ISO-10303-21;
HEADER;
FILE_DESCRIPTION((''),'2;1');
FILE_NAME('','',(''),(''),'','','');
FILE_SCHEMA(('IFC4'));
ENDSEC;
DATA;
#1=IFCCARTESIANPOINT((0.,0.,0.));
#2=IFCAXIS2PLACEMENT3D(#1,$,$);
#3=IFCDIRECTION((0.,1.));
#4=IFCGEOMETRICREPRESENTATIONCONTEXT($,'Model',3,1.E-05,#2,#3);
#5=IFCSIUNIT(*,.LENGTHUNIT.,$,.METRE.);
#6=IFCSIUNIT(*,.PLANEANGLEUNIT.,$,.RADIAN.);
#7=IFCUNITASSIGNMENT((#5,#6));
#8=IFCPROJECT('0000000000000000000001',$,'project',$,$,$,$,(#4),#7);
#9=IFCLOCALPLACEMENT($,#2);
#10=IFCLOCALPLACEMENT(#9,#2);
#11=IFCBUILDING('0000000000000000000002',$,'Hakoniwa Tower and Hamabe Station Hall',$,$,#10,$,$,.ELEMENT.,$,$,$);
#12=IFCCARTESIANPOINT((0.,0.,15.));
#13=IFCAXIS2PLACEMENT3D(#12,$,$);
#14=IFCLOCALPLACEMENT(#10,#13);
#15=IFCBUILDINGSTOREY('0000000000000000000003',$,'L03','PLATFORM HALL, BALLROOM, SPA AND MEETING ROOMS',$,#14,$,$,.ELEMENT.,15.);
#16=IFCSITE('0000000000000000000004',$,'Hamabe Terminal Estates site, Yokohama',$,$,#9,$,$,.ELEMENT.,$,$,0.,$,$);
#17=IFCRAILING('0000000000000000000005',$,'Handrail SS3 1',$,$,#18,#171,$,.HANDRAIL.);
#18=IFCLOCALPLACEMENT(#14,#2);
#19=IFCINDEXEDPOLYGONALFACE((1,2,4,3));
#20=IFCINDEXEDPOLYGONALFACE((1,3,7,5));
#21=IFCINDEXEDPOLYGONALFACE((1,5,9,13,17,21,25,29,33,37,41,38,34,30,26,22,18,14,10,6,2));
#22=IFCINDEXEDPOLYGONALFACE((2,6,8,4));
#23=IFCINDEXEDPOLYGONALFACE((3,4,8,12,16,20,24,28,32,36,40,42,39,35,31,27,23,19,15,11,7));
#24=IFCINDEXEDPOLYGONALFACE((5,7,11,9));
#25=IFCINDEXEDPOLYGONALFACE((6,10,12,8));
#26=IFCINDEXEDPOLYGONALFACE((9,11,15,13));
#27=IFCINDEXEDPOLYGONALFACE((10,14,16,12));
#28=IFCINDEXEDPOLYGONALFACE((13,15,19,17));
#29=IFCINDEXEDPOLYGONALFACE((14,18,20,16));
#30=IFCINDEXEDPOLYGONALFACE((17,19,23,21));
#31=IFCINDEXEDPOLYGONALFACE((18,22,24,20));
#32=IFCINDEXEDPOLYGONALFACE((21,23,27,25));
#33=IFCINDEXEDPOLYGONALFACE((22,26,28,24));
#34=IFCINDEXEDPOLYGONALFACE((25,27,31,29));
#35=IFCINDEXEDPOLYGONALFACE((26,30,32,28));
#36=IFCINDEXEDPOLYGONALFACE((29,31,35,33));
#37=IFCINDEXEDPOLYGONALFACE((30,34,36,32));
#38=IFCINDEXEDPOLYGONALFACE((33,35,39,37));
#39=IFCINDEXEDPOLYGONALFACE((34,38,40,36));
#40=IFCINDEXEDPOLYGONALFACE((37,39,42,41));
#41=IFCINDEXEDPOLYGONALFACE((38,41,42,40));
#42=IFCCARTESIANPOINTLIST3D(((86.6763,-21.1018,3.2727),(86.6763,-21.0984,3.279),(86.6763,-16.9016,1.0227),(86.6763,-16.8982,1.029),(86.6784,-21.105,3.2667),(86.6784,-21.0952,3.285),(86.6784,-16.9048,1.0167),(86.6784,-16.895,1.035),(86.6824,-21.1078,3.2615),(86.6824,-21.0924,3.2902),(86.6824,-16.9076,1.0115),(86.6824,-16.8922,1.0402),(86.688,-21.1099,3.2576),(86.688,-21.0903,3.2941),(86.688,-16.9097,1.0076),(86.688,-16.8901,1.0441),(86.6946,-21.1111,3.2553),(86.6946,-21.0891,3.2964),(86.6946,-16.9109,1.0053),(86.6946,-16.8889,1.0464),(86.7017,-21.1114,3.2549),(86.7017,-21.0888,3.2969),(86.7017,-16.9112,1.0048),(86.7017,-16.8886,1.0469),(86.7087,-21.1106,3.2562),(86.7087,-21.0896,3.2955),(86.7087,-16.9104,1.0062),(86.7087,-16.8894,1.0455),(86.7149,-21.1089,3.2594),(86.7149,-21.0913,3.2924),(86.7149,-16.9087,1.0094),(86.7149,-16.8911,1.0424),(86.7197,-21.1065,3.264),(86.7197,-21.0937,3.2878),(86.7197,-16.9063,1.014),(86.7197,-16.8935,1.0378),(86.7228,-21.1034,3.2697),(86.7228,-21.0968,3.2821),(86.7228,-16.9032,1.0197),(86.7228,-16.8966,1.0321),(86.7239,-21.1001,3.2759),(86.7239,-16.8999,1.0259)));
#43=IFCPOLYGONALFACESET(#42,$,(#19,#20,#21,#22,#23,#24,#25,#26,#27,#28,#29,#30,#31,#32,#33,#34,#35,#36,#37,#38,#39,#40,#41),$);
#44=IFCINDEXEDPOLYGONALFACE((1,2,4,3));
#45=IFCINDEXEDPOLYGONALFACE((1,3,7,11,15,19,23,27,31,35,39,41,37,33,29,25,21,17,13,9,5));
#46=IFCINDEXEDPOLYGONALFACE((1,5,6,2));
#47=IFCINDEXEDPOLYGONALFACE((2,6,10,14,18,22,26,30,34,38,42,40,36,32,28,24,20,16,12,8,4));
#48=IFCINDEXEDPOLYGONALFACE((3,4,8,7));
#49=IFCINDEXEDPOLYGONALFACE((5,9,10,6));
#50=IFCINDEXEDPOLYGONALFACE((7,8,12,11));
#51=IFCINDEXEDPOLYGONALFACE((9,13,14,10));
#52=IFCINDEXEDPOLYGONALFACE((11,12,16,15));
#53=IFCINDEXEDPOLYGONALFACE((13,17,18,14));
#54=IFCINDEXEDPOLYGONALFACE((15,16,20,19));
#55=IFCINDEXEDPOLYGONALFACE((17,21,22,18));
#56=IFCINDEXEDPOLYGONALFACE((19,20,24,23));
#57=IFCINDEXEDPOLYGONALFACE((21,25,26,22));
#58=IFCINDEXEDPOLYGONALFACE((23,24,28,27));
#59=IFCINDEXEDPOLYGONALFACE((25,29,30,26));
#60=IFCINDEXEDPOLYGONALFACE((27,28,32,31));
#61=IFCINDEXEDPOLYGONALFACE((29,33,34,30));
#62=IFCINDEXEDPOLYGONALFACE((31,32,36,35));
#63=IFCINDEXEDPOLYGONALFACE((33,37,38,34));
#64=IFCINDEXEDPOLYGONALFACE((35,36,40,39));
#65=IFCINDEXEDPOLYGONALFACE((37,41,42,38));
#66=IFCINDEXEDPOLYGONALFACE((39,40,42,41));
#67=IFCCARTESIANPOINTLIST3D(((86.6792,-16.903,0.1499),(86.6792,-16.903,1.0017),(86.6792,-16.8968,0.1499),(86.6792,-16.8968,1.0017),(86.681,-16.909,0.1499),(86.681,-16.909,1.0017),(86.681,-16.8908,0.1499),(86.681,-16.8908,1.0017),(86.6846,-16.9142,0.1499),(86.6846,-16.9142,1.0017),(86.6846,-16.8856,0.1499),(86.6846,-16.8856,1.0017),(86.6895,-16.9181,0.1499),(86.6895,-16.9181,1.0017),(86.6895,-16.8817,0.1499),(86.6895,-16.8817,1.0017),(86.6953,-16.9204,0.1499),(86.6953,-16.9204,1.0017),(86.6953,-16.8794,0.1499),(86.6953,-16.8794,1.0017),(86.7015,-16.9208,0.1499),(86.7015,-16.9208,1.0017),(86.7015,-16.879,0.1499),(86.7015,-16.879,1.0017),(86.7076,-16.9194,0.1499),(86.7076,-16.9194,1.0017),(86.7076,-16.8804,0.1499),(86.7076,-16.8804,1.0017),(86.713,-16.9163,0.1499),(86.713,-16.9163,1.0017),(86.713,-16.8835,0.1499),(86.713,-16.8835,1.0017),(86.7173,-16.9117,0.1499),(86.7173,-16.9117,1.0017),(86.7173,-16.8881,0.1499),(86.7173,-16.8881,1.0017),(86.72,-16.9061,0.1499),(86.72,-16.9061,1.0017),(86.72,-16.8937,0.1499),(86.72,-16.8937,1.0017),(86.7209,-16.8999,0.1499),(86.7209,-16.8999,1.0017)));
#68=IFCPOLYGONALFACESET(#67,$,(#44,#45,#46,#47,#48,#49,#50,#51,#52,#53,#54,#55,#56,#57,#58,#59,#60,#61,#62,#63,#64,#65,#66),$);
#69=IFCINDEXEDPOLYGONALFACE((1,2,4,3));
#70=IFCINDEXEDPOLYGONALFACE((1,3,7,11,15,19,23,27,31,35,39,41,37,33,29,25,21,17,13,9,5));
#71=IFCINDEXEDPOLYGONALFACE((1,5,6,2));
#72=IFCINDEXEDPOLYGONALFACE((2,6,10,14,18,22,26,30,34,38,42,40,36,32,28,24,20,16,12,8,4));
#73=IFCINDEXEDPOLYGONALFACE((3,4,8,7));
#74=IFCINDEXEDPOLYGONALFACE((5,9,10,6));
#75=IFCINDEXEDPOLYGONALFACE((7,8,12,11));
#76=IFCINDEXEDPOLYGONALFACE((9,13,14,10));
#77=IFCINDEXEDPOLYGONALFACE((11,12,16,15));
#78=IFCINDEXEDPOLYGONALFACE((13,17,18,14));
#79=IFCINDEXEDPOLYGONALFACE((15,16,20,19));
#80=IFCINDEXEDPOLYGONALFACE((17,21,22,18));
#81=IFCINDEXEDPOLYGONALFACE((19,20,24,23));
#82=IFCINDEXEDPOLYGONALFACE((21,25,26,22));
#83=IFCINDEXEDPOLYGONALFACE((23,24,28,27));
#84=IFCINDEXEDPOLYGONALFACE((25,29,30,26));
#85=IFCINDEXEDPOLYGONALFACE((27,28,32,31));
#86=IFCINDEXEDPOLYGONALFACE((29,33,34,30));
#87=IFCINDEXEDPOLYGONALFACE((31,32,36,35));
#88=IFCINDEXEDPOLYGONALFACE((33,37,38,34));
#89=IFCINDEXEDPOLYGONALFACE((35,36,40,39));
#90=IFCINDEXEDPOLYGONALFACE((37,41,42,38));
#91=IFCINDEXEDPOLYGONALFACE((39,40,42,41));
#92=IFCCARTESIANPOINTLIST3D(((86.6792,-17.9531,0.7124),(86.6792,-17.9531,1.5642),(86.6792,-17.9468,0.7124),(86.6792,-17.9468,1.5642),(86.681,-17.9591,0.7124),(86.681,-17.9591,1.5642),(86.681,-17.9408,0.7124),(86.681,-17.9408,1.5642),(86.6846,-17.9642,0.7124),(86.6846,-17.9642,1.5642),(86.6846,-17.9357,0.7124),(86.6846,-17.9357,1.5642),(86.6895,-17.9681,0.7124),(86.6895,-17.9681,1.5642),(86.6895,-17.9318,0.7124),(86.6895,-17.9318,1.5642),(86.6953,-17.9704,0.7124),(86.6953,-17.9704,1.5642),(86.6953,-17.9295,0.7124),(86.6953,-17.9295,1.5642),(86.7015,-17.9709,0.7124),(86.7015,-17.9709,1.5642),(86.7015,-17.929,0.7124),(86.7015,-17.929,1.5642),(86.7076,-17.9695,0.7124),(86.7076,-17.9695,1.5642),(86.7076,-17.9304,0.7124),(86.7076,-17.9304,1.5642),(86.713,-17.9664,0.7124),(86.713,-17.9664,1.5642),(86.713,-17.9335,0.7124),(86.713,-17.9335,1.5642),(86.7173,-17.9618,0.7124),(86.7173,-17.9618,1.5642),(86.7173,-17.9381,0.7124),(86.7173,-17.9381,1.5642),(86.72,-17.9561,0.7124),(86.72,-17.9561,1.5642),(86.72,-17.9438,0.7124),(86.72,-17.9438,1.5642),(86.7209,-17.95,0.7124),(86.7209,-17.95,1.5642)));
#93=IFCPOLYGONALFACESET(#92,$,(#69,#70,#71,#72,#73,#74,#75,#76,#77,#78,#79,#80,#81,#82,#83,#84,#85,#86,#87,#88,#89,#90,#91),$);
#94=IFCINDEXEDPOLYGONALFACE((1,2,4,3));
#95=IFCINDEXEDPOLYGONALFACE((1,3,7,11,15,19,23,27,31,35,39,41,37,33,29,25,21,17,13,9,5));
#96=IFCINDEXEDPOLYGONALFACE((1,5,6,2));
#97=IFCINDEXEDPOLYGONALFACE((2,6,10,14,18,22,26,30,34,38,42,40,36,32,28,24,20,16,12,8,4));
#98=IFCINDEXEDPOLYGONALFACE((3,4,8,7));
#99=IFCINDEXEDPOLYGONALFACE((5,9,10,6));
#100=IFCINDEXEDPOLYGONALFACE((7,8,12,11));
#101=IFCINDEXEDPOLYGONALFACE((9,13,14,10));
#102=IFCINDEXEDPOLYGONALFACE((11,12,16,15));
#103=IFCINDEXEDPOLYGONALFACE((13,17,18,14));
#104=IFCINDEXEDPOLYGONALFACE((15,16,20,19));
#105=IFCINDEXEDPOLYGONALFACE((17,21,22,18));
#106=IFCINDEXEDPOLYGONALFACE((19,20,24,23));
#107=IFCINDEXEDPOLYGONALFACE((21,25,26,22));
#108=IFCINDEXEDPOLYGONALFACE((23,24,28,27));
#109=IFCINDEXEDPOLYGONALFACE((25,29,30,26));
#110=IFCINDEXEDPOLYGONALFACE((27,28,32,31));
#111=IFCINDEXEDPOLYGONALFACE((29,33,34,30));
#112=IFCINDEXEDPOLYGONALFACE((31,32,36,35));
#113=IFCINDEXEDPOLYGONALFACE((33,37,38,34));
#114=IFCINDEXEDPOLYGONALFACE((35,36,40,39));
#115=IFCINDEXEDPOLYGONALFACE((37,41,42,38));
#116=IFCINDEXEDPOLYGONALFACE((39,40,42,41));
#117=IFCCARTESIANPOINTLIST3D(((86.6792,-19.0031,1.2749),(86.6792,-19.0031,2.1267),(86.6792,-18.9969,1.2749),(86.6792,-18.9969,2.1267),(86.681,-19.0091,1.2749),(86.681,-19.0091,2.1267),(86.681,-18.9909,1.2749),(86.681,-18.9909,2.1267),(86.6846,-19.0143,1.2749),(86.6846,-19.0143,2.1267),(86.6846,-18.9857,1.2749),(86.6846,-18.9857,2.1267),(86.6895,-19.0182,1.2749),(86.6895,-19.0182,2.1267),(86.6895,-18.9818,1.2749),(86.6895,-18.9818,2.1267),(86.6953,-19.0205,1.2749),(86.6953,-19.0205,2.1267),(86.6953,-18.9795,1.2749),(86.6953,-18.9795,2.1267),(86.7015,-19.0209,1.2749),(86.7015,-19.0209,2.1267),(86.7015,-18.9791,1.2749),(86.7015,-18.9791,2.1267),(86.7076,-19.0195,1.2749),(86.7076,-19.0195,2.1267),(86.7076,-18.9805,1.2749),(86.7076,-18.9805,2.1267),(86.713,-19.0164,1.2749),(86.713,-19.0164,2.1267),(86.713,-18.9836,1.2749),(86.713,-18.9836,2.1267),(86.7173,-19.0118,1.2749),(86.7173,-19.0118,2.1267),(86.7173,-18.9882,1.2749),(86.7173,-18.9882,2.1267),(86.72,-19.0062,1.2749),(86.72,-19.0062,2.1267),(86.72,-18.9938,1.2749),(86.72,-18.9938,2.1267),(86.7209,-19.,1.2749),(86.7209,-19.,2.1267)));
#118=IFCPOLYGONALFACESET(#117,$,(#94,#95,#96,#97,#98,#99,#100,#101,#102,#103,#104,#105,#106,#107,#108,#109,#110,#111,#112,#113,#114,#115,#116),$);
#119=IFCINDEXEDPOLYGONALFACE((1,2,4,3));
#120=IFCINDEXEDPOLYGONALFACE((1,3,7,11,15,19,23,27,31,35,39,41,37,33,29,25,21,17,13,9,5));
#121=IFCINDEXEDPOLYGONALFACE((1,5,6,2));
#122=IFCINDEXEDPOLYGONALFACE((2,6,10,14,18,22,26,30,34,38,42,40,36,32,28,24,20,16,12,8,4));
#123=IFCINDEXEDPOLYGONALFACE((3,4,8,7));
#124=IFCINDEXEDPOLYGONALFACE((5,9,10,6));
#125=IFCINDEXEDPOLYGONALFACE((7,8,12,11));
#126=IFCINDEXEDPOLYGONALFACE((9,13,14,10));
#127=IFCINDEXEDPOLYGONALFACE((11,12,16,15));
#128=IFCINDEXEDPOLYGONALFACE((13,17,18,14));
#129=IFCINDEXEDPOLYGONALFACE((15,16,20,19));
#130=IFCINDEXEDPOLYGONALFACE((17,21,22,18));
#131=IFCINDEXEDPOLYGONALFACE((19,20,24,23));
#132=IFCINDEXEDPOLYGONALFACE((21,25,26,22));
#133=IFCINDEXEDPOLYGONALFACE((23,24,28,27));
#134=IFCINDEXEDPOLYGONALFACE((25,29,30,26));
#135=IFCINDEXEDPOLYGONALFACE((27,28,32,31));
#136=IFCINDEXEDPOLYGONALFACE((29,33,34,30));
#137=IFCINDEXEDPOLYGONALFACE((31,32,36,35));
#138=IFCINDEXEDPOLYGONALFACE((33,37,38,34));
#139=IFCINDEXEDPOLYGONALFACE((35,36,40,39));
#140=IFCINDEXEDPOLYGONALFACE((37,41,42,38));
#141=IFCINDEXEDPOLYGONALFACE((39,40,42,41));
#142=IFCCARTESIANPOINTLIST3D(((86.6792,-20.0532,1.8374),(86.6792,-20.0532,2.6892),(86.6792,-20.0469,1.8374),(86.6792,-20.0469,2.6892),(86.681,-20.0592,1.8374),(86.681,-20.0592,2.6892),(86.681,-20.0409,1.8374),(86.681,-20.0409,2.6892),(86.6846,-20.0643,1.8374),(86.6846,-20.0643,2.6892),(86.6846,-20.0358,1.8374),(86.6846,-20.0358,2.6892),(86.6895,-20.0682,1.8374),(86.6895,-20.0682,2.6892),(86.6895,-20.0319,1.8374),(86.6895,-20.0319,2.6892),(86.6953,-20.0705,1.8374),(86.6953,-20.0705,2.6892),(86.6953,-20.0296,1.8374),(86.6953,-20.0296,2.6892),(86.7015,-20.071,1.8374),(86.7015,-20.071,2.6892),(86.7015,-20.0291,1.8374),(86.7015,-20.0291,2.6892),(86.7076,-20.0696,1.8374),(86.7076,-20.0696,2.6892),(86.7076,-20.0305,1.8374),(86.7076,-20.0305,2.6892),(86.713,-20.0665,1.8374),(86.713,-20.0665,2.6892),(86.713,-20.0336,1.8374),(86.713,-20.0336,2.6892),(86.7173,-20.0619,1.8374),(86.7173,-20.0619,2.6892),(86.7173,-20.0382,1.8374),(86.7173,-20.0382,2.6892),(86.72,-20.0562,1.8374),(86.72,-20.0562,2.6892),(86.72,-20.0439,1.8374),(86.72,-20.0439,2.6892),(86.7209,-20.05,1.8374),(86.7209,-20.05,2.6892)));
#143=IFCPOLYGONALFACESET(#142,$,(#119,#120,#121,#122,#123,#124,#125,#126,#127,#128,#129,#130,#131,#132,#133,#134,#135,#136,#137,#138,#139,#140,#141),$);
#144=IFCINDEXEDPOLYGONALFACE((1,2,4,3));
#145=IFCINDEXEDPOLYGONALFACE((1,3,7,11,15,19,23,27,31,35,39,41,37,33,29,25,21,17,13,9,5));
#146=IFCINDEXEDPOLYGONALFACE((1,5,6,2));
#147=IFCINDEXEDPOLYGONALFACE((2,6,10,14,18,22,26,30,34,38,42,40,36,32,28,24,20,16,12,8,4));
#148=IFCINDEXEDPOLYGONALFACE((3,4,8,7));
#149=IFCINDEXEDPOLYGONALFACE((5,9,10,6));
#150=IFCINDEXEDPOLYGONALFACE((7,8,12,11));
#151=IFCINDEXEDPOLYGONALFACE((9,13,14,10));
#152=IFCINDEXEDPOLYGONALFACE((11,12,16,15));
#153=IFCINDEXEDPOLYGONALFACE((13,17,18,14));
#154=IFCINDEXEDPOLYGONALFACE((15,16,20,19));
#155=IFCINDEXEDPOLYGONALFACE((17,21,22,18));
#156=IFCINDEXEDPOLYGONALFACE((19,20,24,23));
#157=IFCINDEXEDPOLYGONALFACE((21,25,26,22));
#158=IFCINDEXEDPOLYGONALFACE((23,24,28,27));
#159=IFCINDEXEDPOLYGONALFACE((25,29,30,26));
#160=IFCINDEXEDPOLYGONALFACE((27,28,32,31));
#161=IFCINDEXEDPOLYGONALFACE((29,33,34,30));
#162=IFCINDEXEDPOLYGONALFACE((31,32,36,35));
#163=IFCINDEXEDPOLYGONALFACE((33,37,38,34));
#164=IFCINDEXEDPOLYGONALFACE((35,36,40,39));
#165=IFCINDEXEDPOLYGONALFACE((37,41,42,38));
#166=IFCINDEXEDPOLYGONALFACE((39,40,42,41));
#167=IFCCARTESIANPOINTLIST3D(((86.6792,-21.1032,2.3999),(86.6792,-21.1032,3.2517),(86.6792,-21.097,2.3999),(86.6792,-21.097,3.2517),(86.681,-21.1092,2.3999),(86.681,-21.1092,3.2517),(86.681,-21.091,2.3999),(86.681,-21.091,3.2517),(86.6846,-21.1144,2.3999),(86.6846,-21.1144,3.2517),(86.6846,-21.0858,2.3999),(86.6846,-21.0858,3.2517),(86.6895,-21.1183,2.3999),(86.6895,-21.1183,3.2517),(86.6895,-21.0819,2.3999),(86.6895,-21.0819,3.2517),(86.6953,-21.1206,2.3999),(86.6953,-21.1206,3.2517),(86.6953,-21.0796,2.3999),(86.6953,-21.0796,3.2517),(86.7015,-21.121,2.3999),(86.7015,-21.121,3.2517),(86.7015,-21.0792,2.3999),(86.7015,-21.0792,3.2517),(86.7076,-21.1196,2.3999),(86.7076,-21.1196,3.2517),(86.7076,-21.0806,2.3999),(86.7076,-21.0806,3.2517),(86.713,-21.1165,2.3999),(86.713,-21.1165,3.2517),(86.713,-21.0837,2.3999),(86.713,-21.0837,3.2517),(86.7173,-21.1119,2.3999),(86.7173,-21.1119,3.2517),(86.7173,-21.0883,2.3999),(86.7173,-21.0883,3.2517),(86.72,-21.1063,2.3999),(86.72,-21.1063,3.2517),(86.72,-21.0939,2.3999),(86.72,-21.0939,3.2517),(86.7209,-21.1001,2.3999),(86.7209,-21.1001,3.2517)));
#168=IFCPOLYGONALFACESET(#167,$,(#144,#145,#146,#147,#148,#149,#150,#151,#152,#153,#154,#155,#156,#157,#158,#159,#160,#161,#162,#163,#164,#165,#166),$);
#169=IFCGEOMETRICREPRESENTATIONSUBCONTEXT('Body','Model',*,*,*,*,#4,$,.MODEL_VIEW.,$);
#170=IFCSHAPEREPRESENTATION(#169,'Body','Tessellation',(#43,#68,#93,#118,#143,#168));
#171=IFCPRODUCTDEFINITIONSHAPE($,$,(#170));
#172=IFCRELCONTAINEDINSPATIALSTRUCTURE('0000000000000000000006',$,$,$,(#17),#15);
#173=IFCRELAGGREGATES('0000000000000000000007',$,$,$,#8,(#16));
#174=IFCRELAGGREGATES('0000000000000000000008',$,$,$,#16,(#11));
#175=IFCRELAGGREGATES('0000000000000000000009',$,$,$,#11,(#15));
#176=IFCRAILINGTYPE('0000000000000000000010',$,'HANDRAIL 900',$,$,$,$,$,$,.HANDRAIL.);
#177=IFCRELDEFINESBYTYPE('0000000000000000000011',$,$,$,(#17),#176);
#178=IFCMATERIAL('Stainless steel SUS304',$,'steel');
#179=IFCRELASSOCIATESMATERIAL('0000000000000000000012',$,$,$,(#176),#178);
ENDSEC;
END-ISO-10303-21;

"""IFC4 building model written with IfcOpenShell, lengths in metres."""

from ifc_helpers import new_model, si_unit, direction, frame, origin, origin_2d, place, context, subcontext, project, spatial, circle, extrude, material, type_object, element, save


model = new_model("IFC4")

# Units and contexts
model_context = context("Model", 3, precision=1e-05, world=origin(), true_north=direction((0.0, 1.0)))
body_context = subcontext(model_context, "Body", "Model", "MODEL_VIEW")
ifc_project = project(units=[si_unit("LENGTHUNIT", "METRE"), si_unit("PLANEANGLEUNIT", "RADIAN")], contexts=[model_context])

# Site, building, storey
site_placement = place(None, origin())
site = spatial("IfcSite", under=ifc_project, at=site_placement, Name="Hamabe Terminal Estates site, Yokohama", CompositionType="ELEMENT", RefElevation=0.0)
building_placement = place(site_placement, origin())
building = spatial("IfcBuilding", under=site, at=building_placement, Name="Hakoniwa Tower and Hamabe Station Hall", CompositionType="ELEMENT")
storey_placement = place(building_placement, frame((0.0, 0.0, 15.0)))
storey = spatial("IfcBuildingStorey", under=building, at=storey_placement, Name="L03", Description="PLATFORM HALL, BALLROOM, SPA AND MEETING ROOMS", CompositionType="ELEMENT", Elevation=15.0)

# Railing
ifc_material_1 = material(Name="Stainless steel SUS304", Category="steel")
railing_type_1 = type_object("IfcRailingType", Name="HANDRAIL 900", PredefinedType="HANDRAIL", material=ifc_material_1)
for number, where, name in (
    (1, (86.7, -16.8999, 0.1499), "Handrail SS3 1"),
):
    element("IfcRailing", number, at=place(storey_placement, frame(where)), inside=storey, type_object=railing_type_1, Name=name, PredefinedType="HANDRAIL", context=body_context, shape_type="SweptSolid", body=[
        extrude(circle(Radius=0.0239, at=origin_2d()), frame((0.0, 0.0, 0.876), z_axis=(0.0, -0.881489, 0.472204), x_axis=(1.0, 0.0, 0.0)), (0.0, 0.0, 1.0), 4.7649),
        extrude(circle(Radius=0.021, at=origin_2d()), origin(), (0.0, 0.0, 1.0), 0.8518),
        extrude(circle(Radius=0.021, at=origin_2d()), frame((0.0, -1.05, 0.5625)), (0.0, 0.0, 1.0), 0.8518),
        extrude(circle(Radius=0.021, at=origin_2d()), frame((0.0, -2.1001, 1.125)), (0.0, 0.0, 1.0), 0.8518),
        extrude(circle(Radius=0.021, at=origin_2d()), frame((0.0, -3.1501, 1.6875)), (0.0, 0.0, 1.0), 0.8518),
        extrude(circle(Radius=0.021, at=origin_2d()), frame((0.0, -4.2002, 2.25)), (0.0, 0.0, 1.0), 0.8518),
    ])

save(model, "model.ifc")
